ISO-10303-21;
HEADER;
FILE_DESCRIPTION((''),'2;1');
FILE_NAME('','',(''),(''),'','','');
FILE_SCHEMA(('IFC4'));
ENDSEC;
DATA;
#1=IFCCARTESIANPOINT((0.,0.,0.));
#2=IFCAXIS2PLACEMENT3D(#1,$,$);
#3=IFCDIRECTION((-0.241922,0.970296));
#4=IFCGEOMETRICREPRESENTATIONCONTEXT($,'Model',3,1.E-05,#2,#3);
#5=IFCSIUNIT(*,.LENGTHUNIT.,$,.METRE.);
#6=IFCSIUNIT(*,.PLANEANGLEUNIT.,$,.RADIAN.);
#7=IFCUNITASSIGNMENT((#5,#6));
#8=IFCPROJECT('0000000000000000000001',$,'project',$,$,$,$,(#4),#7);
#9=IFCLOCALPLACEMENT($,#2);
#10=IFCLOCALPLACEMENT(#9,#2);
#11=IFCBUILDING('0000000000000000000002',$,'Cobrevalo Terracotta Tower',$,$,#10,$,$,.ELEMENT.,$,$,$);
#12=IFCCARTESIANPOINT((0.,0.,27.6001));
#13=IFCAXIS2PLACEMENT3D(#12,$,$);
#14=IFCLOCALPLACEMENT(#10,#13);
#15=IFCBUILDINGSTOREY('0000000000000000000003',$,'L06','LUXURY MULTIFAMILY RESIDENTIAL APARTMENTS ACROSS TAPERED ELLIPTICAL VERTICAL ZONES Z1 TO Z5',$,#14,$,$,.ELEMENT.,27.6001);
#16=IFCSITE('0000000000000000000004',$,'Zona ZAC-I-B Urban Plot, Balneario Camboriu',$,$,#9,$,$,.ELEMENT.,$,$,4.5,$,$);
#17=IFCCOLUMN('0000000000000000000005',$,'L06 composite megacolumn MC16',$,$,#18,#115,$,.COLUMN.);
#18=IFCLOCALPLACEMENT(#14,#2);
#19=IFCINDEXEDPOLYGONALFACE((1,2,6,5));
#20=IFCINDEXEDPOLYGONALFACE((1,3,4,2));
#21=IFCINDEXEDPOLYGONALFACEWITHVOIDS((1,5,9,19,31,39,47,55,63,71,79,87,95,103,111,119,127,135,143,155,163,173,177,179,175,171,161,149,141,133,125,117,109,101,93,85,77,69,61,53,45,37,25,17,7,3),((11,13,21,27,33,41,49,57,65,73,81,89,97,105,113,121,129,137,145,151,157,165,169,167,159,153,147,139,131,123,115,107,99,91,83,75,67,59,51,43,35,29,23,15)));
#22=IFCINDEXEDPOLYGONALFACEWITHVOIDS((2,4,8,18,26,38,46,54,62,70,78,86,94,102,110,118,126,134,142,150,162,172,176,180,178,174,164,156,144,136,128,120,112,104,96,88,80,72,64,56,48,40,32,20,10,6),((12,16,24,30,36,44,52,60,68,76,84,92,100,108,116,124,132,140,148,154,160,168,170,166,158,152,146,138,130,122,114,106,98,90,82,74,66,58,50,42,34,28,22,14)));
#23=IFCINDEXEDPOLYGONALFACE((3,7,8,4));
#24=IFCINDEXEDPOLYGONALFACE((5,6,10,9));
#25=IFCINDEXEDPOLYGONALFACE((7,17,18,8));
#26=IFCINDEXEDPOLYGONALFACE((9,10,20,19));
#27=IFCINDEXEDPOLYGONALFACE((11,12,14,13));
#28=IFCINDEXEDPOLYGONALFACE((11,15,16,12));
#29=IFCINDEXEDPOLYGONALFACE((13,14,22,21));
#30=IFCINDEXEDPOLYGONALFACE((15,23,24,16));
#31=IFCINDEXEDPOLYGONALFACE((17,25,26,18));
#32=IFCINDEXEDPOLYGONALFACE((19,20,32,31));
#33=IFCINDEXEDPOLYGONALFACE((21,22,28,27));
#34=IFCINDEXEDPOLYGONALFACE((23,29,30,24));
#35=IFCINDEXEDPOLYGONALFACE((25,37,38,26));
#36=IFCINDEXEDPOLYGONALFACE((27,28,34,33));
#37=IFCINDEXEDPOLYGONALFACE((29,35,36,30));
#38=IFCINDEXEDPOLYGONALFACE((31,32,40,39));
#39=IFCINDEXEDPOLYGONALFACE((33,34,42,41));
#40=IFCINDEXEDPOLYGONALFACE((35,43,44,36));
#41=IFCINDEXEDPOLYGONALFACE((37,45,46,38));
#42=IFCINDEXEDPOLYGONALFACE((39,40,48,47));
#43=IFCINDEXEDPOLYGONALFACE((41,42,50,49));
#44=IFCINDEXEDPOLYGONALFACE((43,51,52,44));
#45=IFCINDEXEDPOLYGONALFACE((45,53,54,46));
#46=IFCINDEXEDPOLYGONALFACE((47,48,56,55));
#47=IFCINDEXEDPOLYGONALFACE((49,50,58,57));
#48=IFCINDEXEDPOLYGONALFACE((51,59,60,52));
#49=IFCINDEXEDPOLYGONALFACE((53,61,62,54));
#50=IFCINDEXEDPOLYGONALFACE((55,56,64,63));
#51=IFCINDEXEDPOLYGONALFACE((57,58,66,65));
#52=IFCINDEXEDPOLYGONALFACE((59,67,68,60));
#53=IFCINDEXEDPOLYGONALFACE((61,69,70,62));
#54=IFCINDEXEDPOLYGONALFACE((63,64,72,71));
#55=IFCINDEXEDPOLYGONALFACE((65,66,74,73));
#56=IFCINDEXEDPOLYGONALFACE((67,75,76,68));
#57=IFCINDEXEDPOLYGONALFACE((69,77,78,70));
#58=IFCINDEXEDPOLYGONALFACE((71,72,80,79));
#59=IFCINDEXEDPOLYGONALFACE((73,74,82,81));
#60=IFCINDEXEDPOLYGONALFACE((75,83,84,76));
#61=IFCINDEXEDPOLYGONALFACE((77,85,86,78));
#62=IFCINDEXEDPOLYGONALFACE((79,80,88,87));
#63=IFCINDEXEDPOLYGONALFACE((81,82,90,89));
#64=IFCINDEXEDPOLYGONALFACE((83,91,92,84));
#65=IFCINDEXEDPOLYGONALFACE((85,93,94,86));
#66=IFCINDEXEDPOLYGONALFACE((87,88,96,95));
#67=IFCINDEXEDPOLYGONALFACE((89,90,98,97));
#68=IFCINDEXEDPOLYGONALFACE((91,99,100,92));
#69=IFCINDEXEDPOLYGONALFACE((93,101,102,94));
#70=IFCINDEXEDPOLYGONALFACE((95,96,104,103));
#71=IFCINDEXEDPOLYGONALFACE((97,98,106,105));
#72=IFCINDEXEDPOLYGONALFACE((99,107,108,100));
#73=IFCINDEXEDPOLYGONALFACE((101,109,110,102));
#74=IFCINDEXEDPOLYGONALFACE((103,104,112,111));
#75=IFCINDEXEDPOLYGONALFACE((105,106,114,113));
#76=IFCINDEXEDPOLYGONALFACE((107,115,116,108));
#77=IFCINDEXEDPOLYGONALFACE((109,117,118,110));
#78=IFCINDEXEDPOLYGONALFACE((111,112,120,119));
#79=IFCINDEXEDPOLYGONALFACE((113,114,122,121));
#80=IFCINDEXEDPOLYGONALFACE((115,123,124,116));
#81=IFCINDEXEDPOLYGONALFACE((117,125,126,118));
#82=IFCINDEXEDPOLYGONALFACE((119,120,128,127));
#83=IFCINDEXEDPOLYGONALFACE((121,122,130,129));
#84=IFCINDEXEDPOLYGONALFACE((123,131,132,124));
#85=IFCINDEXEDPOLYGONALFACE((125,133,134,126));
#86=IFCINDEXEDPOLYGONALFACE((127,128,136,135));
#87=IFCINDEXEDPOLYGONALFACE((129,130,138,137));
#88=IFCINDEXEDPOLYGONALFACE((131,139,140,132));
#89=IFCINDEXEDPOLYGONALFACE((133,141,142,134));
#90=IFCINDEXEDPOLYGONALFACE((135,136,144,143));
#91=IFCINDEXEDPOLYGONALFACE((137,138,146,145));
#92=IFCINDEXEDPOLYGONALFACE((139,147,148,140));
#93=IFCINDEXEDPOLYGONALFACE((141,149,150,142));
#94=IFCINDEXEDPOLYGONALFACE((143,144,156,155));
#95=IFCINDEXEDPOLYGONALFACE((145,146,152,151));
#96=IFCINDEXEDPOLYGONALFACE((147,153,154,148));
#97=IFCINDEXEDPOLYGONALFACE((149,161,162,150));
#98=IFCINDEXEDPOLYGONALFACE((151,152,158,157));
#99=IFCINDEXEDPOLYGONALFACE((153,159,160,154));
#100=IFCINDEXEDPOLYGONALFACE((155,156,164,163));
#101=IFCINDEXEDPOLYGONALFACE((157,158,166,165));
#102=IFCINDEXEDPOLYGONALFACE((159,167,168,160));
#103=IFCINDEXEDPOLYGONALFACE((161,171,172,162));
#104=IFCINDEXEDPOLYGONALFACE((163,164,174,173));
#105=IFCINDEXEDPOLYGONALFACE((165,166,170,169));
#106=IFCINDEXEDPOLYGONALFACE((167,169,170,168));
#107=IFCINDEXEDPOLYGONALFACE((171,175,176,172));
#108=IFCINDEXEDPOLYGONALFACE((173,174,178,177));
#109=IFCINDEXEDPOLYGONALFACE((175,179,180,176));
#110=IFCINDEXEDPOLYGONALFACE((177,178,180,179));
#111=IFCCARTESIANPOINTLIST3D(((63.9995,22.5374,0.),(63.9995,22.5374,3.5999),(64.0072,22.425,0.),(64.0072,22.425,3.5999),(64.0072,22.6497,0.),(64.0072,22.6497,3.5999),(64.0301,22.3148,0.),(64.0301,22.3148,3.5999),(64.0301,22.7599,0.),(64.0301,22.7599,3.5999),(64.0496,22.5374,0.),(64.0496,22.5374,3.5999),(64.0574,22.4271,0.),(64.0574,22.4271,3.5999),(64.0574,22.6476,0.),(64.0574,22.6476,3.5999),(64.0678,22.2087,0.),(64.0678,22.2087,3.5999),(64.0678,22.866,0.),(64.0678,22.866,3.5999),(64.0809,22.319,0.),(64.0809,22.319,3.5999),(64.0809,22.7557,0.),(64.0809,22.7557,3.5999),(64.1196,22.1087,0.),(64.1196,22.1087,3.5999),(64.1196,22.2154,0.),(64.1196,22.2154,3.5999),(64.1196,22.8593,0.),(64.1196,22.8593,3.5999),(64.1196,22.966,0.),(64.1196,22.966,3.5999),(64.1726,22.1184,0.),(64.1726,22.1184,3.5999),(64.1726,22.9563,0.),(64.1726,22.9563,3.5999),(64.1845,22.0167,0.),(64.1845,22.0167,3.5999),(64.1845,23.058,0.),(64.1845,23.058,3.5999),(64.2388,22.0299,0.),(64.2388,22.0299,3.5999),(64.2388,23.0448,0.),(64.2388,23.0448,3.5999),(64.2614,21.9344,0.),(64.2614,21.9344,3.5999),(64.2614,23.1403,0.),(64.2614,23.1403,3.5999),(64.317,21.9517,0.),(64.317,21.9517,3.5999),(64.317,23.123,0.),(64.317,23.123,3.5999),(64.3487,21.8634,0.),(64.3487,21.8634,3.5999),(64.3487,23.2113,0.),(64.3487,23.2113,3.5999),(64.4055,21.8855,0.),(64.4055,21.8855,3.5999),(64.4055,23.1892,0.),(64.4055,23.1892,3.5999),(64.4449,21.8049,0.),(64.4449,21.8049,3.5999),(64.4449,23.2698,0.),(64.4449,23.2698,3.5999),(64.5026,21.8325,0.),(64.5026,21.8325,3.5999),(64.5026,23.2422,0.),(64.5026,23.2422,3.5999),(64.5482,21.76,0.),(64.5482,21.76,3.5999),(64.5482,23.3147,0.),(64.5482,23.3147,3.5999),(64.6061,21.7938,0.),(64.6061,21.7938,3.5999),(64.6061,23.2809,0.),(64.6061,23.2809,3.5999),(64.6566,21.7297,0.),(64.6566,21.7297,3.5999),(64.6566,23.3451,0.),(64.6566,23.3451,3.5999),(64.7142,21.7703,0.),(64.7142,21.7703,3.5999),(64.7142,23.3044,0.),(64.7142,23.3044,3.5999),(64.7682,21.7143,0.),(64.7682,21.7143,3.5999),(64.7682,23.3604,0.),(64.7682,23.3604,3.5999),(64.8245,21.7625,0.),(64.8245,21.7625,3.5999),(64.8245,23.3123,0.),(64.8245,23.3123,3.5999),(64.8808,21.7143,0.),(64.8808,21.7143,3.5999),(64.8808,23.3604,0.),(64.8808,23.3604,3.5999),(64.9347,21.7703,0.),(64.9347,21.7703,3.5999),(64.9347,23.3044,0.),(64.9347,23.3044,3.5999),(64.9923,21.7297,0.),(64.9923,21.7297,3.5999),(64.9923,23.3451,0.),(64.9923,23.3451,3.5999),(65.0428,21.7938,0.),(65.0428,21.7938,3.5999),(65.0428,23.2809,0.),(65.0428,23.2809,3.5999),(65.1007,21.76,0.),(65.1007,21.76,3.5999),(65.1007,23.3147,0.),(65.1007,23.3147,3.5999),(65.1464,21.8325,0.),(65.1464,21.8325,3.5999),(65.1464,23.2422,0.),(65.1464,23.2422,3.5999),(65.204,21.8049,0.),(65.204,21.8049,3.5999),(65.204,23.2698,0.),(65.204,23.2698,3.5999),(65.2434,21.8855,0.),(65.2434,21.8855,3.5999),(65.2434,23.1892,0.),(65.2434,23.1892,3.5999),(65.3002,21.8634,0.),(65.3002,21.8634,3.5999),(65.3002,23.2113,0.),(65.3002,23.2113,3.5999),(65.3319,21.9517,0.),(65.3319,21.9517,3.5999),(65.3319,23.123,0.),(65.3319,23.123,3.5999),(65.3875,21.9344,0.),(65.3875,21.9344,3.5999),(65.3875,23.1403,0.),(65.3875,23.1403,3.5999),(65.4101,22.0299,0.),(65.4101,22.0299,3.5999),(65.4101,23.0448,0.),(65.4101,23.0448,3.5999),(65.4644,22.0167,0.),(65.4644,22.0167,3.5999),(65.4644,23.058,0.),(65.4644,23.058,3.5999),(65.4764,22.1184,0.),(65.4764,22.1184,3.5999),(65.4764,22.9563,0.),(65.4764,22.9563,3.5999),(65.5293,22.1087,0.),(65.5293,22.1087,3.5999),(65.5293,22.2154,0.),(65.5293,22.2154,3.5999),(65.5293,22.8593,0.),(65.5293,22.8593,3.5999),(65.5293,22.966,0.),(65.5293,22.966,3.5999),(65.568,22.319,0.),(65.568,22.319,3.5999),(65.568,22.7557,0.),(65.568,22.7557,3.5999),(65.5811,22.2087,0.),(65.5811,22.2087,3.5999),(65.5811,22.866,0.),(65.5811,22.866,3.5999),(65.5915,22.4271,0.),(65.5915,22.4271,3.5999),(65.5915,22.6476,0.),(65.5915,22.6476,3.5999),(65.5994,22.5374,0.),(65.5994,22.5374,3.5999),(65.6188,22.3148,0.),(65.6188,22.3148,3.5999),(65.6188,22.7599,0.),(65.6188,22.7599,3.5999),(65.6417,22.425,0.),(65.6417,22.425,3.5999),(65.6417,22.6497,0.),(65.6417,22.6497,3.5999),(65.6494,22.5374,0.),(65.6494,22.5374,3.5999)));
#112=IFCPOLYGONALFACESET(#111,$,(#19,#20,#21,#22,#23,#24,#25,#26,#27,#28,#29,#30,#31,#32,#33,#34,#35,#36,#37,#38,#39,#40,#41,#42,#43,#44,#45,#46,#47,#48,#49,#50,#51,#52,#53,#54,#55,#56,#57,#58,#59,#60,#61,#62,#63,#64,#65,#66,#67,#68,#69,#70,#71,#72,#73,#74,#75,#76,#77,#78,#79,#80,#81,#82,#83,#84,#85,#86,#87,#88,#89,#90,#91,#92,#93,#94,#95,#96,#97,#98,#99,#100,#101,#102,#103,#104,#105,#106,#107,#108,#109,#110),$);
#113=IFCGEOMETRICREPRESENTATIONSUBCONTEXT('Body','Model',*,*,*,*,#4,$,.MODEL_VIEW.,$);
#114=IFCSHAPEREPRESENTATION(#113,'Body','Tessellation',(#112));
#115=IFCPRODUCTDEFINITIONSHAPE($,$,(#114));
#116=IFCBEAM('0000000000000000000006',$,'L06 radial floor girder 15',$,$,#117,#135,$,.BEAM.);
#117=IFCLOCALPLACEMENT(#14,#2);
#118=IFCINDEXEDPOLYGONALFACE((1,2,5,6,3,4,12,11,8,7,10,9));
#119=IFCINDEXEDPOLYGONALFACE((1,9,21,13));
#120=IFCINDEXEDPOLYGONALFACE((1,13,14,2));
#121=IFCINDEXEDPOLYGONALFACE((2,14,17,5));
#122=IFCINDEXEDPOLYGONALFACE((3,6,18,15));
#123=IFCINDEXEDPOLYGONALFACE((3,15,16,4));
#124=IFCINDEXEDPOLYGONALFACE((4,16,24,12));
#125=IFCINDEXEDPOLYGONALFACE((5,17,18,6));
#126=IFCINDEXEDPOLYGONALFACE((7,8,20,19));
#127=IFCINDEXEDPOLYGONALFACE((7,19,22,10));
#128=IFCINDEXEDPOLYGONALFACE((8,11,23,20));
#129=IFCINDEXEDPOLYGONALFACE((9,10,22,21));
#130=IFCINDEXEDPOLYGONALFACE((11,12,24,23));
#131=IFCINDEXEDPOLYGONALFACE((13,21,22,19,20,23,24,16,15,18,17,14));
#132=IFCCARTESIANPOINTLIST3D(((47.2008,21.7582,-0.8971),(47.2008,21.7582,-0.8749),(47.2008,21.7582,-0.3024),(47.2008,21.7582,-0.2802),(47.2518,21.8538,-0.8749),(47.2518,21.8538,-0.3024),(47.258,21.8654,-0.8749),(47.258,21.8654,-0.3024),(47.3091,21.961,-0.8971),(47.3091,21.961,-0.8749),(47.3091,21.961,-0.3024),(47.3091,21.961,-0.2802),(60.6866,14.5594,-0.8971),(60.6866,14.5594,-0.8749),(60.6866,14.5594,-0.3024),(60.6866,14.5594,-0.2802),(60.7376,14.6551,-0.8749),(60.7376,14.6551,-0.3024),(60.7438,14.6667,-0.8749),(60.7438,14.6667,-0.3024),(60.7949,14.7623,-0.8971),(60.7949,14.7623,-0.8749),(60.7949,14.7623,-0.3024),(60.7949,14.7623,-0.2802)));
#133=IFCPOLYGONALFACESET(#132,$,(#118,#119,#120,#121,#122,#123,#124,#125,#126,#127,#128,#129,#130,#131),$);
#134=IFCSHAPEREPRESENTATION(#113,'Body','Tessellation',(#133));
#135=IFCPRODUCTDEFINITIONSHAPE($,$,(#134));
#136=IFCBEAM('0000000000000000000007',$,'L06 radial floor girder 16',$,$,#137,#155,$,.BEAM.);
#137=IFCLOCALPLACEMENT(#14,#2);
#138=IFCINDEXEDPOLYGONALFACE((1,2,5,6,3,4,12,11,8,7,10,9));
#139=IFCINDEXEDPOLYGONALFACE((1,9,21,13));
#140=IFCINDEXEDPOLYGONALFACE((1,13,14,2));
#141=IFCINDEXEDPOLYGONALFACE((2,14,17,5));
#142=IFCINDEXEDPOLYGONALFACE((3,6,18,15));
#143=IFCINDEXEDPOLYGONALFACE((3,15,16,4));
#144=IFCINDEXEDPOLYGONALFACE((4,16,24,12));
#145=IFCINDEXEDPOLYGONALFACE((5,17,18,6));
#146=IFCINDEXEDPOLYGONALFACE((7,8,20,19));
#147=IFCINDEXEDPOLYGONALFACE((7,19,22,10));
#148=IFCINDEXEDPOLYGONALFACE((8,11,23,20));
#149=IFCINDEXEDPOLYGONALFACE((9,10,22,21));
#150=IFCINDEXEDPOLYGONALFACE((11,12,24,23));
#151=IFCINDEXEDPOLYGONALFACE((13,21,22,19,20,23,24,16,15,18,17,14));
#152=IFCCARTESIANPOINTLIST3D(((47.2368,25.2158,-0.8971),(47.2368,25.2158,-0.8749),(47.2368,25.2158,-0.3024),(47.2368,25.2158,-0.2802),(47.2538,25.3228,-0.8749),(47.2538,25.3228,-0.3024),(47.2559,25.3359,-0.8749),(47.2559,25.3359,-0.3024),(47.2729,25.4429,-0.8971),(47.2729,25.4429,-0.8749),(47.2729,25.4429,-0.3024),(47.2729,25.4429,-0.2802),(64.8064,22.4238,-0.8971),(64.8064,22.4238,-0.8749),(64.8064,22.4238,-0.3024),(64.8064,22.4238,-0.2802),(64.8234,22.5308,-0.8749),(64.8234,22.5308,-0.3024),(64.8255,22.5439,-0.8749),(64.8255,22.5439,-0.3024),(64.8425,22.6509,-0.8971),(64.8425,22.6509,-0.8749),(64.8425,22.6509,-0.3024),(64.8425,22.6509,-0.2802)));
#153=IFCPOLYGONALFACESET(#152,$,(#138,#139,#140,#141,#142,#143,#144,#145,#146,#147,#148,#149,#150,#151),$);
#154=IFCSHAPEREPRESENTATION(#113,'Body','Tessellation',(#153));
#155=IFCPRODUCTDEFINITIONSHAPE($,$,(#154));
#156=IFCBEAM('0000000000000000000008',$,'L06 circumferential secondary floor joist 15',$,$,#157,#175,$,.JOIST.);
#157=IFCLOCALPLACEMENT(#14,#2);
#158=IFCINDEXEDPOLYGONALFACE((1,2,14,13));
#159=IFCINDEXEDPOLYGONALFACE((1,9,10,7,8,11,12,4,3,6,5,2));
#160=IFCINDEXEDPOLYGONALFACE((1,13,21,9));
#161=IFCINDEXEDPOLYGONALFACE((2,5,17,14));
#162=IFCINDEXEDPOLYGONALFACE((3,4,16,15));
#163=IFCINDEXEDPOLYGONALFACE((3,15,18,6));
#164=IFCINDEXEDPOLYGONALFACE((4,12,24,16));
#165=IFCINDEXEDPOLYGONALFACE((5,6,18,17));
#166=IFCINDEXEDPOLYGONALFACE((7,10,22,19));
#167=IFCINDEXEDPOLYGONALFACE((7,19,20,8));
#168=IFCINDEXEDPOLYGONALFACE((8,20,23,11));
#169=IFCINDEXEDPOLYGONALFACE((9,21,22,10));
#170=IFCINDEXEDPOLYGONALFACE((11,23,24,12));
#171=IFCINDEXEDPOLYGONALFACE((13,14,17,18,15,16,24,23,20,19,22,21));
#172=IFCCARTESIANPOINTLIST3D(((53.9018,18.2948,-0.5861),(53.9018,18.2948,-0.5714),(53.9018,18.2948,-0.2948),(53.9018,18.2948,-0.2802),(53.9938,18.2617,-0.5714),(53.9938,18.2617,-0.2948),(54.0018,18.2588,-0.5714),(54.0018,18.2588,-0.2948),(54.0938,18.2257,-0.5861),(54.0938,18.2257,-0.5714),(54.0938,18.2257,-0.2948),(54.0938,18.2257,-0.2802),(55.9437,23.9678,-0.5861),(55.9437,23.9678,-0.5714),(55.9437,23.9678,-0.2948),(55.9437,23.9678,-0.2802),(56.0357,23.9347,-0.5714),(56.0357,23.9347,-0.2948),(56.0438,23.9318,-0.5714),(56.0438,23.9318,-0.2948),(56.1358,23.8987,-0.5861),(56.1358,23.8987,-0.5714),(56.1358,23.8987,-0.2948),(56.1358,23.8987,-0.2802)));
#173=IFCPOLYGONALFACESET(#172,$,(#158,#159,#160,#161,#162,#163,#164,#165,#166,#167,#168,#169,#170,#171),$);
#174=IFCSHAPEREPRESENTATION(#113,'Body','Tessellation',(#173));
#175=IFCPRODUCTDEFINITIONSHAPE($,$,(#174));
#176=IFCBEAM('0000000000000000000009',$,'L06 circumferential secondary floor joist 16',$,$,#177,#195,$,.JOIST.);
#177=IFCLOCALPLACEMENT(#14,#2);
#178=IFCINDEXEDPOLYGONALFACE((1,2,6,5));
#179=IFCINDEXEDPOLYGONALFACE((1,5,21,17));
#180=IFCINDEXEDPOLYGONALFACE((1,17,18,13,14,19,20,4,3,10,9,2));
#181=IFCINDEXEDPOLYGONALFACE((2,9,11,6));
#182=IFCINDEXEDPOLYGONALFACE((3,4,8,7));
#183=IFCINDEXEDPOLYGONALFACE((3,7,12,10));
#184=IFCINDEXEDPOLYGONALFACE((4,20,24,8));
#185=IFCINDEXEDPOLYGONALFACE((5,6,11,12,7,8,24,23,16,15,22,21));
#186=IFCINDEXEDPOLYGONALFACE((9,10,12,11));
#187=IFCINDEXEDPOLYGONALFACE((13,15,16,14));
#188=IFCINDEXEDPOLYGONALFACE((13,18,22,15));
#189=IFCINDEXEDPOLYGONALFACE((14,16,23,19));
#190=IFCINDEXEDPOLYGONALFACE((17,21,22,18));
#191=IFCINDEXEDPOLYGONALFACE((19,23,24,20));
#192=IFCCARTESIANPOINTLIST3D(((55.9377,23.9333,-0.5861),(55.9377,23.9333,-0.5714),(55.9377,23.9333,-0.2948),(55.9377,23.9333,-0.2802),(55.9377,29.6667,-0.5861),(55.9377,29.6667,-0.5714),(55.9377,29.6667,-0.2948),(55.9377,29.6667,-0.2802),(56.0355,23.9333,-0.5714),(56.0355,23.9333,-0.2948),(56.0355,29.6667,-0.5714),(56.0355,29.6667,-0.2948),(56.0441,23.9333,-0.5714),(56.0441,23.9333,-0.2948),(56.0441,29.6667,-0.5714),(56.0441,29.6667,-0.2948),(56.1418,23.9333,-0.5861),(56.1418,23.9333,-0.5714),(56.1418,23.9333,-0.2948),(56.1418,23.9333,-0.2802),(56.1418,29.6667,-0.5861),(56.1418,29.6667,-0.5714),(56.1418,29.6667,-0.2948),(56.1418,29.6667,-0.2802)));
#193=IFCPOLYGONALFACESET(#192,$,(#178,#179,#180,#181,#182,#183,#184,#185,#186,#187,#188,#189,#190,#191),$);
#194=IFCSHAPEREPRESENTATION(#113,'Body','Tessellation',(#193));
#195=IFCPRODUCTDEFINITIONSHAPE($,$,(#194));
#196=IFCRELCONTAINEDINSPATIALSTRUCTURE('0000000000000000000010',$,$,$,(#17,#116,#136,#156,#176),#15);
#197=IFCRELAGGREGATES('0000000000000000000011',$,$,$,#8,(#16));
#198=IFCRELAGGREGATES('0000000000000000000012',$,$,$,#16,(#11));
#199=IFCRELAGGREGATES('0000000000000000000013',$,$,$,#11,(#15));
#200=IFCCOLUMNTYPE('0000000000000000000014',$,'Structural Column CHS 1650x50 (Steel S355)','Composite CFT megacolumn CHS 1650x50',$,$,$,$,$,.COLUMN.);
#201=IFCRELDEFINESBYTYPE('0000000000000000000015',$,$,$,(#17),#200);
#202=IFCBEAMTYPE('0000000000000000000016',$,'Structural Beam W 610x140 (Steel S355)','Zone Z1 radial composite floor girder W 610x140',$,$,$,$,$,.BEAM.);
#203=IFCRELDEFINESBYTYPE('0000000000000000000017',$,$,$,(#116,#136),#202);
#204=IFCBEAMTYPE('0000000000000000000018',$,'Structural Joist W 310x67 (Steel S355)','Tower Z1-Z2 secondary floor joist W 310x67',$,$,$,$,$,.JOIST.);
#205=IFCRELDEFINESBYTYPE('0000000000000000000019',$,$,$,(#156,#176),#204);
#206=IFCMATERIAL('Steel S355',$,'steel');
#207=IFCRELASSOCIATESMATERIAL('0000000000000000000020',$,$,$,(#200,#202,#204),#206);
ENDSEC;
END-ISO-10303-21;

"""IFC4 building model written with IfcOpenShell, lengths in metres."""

from ifc_helpers import new_model, si_unit, direction, frame, origin, origin_2d, place, context, subcontext, project, spatial, hollow_circle, i_section, extrude, material, material_profile, profile_set, type_object, element, save


model = new_model("IFC4")

# Units and contexts
model_context = context("Model", 3, precision=1e-05, world=origin(), true_north=direction((-0.241922, 0.970296)))
body_context = subcontext(model_context, "Body", "Model", "MODEL_VIEW")
ifc_project = project(units=[si_unit("LENGTHUNIT", "METRE"), si_unit("PLANEANGLEUNIT", "RADIAN")], contexts=[model_context])

# Site, building, storey
site_placement = place(None, origin())
site = spatial("IfcSite", under=ifc_project, at=site_placement, Name="Zona ZAC-I-B Urban Plot, Balneario Camboriu", CompositionType="ELEMENT", RefElevation=4.5)
building_placement = place(site_placement, origin())
building = spatial("IfcBuilding", under=site, at=building_placement, Name="Cobrevalo Terracotta Tower", CompositionType="ELEMENT")
storey_placement = place(building_placement, frame((0.0, 0.0, 27.6001)))
storey = spatial("IfcBuildingStorey", under=building, at=storey_placement, Name="L06", Description="LUXURY MULTIFAMILY RESIDENTIAL APARTMENTS ACROSS TAPERED ELLIPTICAL VERTICAL ZONES Z1 TO Z5", CompositionType="ELEMENT", Elevation=27.6001)

# Column
ifc_material_1 = material(Name="Steel S355", Category="steel")
ifc_material_profile_1 = material_profile(ifc_material_1, hollow_circle(Radius=0.825, WallThickness=0.05, at=origin_2d()), Name="CHS 1650x50")
ifc_profile_set_1 = profile_set([ifc_material_profile_1], Name="Steel S355")
column_type = type_object("IfcColumnType", Name="Structural Column CHS 1650x50 (Steel S355)", Description="Composite CFT megacolumn CHS 1650x50", PredefinedType="COLUMN", material=ifc_profile_set_1)
column_placement = place(storey_placement, frame((64.8245, 22.5374, 0.0), z_axis=(0.0, 0.0, 1.0), x_axis=(1.0, 0.0, 0.0)))
element("IfcColumn", 1, at=column_placement, inside=storey, type_object=column_type, Name="L06 composite megacolumn MC16", PredefinedType="COLUMN", context=body_context, shape_type="SweptSolid", body=[
    extrude(hollow_circle(Radius=0.825, WallThickness=0.05, at=origin_2d()), origin(), (0.0, 0.0, 1.0), 3.5999),
])

# Beams
ifc_material_profile_2 = material_profile(ifc_material_1, i_section(OverallWidth=0.23, OverallDepth=0.6169, WebThickness=0.0132, FlangeThickness=0.0222, at=origin_2d()), Name="W 610x140")
ifc_profile_set_2 = profile_set([ifc_material_profile_2], Name="Steel S355")
beam_type_1 = type_object("IfcBeamType", Name="Structural Beam W 610x140 (Steel S355)", Description="Zone Z1 radial composite floor girder W 610x140", PredefinedType="BEAM", material=ifc_profile_set_2)
beam_1_placement = place(storey_placement, frame((60.7407, 14.6609, -0.5886), z_axis=(-0.882182, 0.470908, 0.0), x_axis=(-0.470908, -0.882182, 0.0)))
element("IfcBeam", 2, at=beam_1_placement, inside=storey, type_object=beam_type_1, Name="L06 radial floor girder 15", PredefinedType="BEAM", context=body_context, shape_type="SweptSolid", body=[
    extrude(i_section(OverallWidth=0.23, OverallDepth=0.6169, WebThickness=0.0132, FlangeThickness=0.0222, at=origin_2d()), origin(), (0.0, 0.0, 1.0), 15.2869),
])
beam_2_placement = place(storey_placement, frame((64.8245, 22.5374, -0.5886), z_axis=(-0.987608, 0.156941, 0.0), x_axis=(-0.156941, -0.987608, 0.0)))
element("IfcBeam", 3, at=beam_2_placement, inside=storey, type_object=beam_type_1, Name="L06 radial floor girder 16", PredefinedType="BEAM", context=body_context, shape_type="SweptSolid", body=[
    extrude(i_section(OverallWidth=0.23, OverallDepth=0.6169, WebThickness=0.0132, FlangeThickness=0.0222, at=origin_2d()), origin(), (0.0, 0.0, 1.0), 17.79),
])
ifc_material_profile_3 = material_profile(ifc_material_1, i_section(OverallWidth=0.2041, OverallDepth=0.3059, WebThickness=0.0085, FlangeThickness=0.0146, at=origin_2d()), Name="W 310x67")
ifc_profile_set_3 = profile_set([ifc_material_profile_3], Name="Steel S355")
beam_type_2 = type_object("IfcBeamType", Name="Structural Joist W 310x67 (Steel S355)", Description="Tower Z1-Z2 secondary floor joist W 310x67", PredefinedType="JOIST", material=ifc_profile_set_3)
beam_3_placement = place(storey_placement, frame((53.9978, 18.2603, -0.4331), z_axis=(0.338672, 0.940904, 0.0), x_axis=(-0.940904, 0.338672, 0.0)))
element("IfcBeam", 4, at=beam_3_placement, inside=storey, type_object=beam_type_2, Name="L06 circumferential secondary floor joist 15", PredefinedType="JOIST", context=body_context, shape_type="SweptSolid", body=[
    extrude(i_section(OverallWidth=0.2041, OverallDepth=0.3059, WebThickness=0.0085, FlangeThickness=0.0146, at=origin_2d()), origin(), (0.0, 0.0, 1.0), 6.0293),
])
beam_4_placement = place(storey_placement, frame((56.0398, 23.9333, -0.4331), z_axis=(0.0, 1.0, 0.0), x_axis=(-1.0, 0.0, 0.0)))
element("IfcBeam", 5, at=beam_4_placement, inside=storey, type_object=beam_type_2, Name="L06 circumferential secondary floor joist 16", PredefinedType="JOIST", context=body_context, shape_type="SweptSolid", body=[
    extrude(i_section(OverallWidth=0.2041, OverallDepth=0.3059, WebThickness=0.0085, FlangeThickness=0.0146, at=origin_2d()), origin(), (0.0, 0.0, 1.0), 5.7334),
])

save(model, "model.ifc")
